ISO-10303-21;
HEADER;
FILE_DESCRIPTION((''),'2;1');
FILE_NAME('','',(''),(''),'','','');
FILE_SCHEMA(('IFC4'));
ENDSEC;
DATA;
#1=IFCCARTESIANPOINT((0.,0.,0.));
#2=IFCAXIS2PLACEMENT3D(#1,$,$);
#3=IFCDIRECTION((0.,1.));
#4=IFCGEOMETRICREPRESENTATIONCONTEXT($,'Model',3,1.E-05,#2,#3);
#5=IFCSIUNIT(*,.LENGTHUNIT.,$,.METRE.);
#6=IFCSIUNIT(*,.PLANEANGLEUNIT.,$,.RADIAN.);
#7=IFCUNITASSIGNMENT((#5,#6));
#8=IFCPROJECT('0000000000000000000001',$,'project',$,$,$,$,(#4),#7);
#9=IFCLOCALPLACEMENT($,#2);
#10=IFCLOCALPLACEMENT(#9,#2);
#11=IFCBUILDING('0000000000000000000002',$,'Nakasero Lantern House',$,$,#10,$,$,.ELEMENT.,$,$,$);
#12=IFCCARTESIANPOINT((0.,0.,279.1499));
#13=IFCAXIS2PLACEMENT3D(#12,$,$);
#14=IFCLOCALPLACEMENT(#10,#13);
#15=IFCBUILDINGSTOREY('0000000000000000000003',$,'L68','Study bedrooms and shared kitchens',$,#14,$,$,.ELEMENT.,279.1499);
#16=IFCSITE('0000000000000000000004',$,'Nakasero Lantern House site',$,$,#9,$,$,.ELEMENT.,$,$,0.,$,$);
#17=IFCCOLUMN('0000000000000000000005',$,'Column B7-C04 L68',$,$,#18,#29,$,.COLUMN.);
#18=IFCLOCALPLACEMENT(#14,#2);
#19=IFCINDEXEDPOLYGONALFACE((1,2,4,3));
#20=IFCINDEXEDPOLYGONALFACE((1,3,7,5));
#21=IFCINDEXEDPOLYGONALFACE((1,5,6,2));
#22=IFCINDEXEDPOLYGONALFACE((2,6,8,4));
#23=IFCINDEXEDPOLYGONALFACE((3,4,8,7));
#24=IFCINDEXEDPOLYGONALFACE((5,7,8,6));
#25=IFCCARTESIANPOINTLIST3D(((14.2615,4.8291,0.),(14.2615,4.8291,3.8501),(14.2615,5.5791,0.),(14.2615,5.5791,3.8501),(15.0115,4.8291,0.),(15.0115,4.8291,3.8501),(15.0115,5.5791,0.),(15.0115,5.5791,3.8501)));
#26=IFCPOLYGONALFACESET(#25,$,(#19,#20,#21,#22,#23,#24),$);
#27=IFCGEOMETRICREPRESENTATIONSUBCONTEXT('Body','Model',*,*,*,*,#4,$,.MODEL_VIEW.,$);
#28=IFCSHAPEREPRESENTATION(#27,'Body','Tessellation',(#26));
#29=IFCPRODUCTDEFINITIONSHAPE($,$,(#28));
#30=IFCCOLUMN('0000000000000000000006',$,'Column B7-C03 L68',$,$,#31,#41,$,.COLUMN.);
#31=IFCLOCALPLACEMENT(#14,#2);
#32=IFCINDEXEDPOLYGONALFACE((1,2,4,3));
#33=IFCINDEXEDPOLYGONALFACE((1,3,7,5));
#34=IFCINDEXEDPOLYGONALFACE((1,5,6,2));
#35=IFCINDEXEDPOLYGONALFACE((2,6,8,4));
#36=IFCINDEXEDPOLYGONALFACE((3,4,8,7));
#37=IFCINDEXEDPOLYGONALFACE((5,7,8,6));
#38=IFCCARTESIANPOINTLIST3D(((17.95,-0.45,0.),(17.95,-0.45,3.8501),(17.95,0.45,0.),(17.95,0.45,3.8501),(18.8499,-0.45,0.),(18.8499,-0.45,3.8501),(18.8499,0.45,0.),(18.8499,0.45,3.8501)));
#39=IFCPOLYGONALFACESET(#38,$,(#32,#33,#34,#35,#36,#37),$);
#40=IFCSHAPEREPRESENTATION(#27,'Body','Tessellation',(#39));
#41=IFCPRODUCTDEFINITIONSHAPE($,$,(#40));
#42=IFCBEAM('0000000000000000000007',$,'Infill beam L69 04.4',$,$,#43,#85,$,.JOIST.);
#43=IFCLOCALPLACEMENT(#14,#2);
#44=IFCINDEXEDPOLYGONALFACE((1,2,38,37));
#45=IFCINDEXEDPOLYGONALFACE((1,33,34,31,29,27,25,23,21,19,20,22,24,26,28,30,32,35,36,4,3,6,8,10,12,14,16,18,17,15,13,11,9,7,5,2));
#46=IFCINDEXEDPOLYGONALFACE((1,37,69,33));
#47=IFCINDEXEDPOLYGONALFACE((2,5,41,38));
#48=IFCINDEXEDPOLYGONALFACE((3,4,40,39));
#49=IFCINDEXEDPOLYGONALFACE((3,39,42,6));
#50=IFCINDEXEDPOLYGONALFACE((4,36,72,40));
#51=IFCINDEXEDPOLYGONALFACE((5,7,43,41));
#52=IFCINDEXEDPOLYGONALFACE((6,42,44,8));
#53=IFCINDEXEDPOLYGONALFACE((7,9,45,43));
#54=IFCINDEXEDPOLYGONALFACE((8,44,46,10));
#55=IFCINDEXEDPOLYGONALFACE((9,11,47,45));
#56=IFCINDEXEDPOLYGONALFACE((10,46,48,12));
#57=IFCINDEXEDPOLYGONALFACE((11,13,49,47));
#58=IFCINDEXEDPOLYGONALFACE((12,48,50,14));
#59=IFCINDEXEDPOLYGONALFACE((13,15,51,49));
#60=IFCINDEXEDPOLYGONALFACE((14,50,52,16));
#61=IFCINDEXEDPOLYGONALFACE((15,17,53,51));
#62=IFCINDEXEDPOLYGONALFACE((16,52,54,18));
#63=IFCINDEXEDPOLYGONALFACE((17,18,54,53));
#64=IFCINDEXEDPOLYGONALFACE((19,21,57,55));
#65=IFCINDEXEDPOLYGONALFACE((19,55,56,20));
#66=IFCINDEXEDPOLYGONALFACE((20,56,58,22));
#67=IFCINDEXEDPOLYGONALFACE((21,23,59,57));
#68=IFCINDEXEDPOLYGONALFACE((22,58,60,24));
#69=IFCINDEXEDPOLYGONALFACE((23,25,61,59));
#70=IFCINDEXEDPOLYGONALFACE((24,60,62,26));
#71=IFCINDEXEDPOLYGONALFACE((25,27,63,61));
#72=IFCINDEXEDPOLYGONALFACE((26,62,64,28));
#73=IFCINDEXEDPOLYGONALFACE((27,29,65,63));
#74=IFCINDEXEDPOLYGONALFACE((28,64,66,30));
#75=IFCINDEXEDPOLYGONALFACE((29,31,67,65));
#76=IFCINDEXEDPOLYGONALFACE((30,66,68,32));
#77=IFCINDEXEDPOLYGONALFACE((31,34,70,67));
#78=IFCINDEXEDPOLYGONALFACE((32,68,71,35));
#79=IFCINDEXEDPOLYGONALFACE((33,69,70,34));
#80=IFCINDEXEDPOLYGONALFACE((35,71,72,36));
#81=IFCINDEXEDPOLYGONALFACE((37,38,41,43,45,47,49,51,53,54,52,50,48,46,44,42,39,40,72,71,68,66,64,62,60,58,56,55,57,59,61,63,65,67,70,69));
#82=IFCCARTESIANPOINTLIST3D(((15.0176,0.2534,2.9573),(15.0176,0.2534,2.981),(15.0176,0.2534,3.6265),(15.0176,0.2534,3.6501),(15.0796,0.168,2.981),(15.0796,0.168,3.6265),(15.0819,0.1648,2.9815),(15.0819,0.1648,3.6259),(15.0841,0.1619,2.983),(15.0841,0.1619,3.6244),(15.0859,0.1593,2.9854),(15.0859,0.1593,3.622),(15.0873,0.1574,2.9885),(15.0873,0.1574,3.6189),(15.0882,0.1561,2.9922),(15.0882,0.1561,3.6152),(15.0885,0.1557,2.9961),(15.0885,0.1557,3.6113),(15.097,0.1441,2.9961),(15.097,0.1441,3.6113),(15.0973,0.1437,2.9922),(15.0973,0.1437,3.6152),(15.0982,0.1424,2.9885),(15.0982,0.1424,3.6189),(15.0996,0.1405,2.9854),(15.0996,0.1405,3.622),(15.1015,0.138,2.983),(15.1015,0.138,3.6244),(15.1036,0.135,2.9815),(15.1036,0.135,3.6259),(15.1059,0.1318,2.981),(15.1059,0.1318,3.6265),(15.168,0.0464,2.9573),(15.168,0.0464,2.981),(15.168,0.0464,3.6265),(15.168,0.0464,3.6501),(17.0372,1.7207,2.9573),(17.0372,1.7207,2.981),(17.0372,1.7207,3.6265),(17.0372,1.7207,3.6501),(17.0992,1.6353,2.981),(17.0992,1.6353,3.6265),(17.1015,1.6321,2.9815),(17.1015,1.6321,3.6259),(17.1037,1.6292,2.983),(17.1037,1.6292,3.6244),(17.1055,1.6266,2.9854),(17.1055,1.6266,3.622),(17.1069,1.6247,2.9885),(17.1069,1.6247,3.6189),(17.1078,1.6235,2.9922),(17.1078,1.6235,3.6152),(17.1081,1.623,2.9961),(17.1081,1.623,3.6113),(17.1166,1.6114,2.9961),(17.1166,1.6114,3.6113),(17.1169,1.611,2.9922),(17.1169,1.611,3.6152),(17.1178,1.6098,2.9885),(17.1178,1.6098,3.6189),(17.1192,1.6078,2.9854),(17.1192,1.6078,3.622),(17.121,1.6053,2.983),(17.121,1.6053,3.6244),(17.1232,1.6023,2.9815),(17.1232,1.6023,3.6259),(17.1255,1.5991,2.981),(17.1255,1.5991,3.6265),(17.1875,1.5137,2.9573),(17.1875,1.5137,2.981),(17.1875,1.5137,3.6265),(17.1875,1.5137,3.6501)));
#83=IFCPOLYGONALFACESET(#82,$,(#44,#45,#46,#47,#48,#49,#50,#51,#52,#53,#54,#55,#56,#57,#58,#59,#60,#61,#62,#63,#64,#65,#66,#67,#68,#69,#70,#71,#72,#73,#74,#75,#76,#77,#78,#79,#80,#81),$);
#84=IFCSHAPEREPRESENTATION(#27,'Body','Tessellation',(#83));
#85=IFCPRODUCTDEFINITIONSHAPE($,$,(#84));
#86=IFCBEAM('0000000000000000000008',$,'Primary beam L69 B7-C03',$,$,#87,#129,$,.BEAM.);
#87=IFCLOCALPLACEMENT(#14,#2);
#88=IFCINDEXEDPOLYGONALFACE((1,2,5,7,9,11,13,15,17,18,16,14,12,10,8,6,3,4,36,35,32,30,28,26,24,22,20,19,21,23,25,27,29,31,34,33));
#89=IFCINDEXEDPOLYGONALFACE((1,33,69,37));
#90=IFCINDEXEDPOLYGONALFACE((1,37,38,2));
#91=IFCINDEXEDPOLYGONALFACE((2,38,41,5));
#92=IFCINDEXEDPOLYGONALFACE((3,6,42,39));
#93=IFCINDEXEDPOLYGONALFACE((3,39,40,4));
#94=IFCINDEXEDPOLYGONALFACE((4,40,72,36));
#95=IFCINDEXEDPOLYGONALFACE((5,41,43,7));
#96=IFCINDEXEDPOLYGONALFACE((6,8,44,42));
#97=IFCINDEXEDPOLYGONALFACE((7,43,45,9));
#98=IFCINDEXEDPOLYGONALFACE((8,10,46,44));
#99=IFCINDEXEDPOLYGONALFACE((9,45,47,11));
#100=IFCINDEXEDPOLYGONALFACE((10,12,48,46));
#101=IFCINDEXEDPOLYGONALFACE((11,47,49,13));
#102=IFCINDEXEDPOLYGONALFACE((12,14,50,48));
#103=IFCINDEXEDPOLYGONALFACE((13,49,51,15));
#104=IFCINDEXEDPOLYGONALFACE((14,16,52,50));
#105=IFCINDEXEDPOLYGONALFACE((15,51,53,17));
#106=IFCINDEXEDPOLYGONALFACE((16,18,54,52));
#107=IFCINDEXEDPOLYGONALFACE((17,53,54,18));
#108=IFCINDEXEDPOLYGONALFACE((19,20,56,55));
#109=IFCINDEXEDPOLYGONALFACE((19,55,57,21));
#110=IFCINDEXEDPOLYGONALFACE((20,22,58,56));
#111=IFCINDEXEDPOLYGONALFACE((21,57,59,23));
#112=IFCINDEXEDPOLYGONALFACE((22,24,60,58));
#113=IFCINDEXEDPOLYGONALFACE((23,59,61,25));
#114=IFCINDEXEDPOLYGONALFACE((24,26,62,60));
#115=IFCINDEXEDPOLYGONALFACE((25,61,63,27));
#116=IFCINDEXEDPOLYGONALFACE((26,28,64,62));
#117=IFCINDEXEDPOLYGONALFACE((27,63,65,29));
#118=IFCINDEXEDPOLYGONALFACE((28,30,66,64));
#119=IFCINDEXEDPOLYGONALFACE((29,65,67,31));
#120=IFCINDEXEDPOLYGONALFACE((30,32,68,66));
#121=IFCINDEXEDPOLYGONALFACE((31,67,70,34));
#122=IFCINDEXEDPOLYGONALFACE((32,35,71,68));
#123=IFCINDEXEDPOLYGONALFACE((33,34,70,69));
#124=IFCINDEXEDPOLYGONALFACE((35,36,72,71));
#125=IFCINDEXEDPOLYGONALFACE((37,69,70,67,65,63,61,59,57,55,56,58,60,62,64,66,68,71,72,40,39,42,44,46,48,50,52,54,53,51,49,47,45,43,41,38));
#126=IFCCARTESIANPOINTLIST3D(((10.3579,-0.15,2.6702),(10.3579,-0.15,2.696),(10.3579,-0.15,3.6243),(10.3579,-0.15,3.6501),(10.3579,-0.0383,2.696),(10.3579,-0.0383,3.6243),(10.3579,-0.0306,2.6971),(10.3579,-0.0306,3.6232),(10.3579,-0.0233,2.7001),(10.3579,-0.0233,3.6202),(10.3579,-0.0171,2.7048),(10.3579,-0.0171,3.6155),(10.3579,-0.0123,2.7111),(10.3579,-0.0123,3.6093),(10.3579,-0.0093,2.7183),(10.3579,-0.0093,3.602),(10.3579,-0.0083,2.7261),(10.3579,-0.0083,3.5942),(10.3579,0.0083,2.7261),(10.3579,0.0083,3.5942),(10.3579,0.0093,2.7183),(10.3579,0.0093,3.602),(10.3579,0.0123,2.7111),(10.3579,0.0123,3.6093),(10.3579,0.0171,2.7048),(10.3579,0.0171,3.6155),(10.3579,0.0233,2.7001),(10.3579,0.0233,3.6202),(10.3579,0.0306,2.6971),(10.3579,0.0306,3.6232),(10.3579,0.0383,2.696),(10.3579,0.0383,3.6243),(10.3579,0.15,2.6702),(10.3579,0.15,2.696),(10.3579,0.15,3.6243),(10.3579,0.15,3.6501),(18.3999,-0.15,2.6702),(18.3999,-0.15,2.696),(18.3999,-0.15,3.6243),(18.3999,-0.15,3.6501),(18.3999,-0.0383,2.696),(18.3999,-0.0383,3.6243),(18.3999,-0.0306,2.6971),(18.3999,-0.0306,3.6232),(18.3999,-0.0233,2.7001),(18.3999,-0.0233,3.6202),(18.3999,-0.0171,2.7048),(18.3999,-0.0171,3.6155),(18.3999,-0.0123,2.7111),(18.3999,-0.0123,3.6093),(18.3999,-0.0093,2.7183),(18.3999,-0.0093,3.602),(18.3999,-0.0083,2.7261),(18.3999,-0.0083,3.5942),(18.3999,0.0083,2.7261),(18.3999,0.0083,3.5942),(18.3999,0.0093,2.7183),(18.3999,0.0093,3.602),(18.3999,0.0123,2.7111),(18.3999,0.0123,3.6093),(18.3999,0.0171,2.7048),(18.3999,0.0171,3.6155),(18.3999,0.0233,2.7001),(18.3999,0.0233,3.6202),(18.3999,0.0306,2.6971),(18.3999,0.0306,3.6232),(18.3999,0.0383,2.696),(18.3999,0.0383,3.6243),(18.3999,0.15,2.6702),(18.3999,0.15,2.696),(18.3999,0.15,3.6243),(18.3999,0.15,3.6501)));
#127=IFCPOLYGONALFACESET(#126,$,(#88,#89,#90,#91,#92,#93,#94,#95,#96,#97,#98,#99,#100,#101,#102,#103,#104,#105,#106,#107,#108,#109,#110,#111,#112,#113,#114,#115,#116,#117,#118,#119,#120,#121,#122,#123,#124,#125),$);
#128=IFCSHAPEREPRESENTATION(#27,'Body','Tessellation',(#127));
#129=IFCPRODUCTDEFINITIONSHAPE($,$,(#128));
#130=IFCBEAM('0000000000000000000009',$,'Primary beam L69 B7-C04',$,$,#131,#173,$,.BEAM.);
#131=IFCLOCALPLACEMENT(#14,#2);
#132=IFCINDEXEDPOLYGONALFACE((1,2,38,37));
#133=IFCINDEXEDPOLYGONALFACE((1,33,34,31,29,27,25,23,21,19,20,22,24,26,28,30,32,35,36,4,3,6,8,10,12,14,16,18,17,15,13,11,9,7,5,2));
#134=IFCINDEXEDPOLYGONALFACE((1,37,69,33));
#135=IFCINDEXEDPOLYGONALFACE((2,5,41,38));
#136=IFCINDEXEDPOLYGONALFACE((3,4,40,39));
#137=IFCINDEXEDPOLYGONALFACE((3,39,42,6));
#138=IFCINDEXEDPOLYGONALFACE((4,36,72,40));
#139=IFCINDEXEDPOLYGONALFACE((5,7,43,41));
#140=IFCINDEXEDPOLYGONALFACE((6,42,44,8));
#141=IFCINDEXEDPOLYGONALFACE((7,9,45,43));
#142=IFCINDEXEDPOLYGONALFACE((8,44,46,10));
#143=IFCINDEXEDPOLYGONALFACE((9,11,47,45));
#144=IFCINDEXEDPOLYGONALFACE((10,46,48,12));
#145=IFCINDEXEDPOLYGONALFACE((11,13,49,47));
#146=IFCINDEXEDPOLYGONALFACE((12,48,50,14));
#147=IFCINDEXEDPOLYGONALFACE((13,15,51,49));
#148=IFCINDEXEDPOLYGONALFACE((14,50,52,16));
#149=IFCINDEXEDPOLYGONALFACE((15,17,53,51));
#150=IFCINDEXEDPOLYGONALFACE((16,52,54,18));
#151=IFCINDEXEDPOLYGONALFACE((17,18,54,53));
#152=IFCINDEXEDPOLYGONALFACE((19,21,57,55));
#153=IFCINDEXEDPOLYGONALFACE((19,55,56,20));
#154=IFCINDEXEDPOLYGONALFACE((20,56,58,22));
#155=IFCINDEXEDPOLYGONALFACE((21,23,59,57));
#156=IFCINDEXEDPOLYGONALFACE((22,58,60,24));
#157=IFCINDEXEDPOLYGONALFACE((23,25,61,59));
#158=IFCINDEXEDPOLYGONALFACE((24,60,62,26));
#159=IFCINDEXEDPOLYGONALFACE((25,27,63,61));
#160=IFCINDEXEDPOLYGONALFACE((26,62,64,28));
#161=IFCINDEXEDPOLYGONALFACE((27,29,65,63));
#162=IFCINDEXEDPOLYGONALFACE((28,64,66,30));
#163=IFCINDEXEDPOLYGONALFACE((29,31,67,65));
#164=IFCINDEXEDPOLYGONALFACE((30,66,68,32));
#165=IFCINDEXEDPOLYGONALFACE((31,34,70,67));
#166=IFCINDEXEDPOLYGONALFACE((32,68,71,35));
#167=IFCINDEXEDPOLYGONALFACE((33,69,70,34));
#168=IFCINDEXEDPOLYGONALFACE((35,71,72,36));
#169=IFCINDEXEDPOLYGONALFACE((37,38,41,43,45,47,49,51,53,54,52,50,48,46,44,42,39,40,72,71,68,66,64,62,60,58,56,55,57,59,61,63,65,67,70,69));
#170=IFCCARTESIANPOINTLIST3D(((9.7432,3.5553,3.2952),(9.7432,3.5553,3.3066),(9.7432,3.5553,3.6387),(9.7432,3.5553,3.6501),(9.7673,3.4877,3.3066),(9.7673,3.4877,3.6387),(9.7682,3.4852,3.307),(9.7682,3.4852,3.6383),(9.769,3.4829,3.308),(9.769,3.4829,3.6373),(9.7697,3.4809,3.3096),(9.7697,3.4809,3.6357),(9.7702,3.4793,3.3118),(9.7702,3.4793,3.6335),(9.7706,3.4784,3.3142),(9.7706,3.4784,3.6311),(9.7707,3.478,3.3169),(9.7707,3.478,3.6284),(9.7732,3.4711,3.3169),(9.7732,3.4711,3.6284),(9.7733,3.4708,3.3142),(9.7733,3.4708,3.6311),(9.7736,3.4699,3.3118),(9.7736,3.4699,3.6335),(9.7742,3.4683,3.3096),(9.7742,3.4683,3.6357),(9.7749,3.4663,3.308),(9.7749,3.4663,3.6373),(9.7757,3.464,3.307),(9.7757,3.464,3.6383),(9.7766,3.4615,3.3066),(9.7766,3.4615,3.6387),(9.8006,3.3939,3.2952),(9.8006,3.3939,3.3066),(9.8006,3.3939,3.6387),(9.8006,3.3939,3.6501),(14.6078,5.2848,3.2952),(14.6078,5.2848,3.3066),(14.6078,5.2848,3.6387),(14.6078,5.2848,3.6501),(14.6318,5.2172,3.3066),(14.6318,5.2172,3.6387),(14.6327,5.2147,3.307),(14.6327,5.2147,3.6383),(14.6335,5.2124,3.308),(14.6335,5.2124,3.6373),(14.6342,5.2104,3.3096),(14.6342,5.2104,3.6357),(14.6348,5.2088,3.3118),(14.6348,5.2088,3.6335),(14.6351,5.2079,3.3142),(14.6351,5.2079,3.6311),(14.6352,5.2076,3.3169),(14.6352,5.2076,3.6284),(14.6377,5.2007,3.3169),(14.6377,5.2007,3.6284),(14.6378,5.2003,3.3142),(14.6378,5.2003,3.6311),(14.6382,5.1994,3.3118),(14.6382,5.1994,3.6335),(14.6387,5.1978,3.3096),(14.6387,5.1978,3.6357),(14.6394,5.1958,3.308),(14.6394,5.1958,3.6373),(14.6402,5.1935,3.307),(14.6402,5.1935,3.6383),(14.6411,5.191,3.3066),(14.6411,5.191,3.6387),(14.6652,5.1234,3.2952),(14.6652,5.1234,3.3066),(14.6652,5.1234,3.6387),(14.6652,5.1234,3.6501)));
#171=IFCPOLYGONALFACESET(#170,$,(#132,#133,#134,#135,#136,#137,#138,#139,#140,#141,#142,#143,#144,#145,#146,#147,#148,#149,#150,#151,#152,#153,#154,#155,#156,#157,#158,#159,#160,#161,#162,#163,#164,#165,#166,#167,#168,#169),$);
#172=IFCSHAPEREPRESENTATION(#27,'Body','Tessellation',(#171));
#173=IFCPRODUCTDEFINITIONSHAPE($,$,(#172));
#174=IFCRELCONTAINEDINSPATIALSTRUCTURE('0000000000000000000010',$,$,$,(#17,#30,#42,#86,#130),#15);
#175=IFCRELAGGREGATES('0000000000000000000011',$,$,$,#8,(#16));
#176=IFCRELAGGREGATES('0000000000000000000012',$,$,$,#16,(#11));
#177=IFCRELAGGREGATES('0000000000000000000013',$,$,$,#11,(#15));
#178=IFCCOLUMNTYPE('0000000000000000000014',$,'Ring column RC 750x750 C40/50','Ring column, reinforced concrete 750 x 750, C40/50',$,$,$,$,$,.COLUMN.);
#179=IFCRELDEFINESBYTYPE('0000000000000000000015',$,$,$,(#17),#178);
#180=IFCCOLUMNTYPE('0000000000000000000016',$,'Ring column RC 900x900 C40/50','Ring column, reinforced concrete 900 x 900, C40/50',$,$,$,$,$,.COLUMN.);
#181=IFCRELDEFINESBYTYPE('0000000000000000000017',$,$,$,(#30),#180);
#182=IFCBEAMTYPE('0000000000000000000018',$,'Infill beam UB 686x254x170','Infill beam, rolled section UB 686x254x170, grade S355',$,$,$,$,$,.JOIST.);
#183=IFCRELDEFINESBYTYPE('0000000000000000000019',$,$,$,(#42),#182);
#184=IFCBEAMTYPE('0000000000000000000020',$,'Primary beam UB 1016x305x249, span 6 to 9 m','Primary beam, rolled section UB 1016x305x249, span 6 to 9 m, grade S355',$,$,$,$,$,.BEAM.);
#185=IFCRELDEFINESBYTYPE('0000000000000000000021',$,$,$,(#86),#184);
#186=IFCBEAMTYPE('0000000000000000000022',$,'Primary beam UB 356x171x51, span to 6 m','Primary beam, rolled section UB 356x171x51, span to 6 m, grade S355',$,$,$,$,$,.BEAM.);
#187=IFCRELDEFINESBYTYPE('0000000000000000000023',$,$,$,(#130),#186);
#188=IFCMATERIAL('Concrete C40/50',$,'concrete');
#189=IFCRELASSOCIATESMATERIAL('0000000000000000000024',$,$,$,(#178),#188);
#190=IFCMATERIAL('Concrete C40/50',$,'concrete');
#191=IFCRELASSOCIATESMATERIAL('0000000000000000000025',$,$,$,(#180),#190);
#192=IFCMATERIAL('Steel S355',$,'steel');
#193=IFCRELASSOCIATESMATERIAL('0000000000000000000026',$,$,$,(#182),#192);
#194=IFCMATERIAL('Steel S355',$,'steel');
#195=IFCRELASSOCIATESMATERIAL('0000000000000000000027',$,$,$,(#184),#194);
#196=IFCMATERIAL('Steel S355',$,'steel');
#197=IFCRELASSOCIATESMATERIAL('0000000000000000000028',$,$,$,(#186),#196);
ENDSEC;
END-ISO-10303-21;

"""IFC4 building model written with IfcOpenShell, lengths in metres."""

from ifc_helpers import new_model, si_unit, direction, frame, origin, origin_2d, place, context, subcontext, project, spatial, rectangle, i_section, extrude, material, material_profile, profile_set, type_object, element, save


model = new_model("IFC4")

# Units and contexts
model_context = context("Model", 3, precision=1e-05, world=origin(), true_north=direction((0.0, 1.0)))
body_context = subcontext(model_context, "Body", "Model", "MODEL_VIEW")
ifc_project = project(units=[si_unit("LENGTHUNIT", "METRE"), si_unit("PLANEANGLEUNIT", "RADIAN")], contexts=[model_context])

# Site, building, storey
site_placement = place(None, origin())
site = spatial("IfcSite", under=ifc_project, at=site_placement, Name="Nakasero Lantern House site", CompositionType="ELEMENT", RefElevation=0.0)
building_placement = place(site_placement, origin())
building = spatial("IfcBuilding", under=site, at=building_placement, Name="Nakasero Lantern House", CompositionType="ELEMENT")
storey_placement = place(building_placement, frame((0.0, 0.0, 279.1499)))
storey = spatial("IfcBuildingStorey", under=building, at=storey_placement, Name="L68", Description="Study bedrooms and shared kitchens", CompositionType="ELEMENT", Elevation=279.1499)

# Columns
ifc_material_1 = material(Name="Concrete C40/50", Category="concrete")
ifc_material_profile_1 = material_profile(ifc_material_1, rectangle(XDim=0.75, YDim=0.75, at=origin_2d()), Name="RC 750x750")
ifc_profile_set_1 = profile_set([ifc_material_profile_1], Name="Concrete C40/50")
column_type_1 = type_object("IfcColumnType", Name="Ring column RC 750x750 C40/50", Description="Ring column, reinforced concrete 750 x 750, C40/50", PredefinedType="COLUMN", material=ifc_profile_set_1)
column_1_placement = place(storey_placement, frame((14.6365, 5.2041, 0.0), z_axis=(0.0, 0.0, 1.0), x_axis=(1.0, 0.0, 0.0)))
element("IfcColumn", 1, at=column_1_placement, inside=storey, type_object=column_type_1, Name="Column B7-C04 L68", PredefinedType="COLUMN", context=body_context, shape_type="SweptSolid", body=[
    extrude(rectangle(XDim=0.75, YDim=0.75, at=origin_2d()), origin(), (0.0, 0.0, 1.0), 3.8501),
])
ifc_material_2 = material(Name="Concrete C40/50", Category="concrete")
ifc_material_profile_2 = material_profile(ifc_material_2, rectangle(XDim=0.8999, YDim=0.8999, at=origin_2d()), Name="RC 900x900")
ifc_profile_set_2 = profile_set([ifc_material_profile_2], Name="Concrete C40/50")
column_type_2 = type_object("IfcColumnType", Name="Ring column RC 900x900 C40/50", Description="Ring column, reinforced concrete 900 x 900, C40/50", PredefinedType="COLUMN", material=ifc_profile_set_2)
column_2_placement = place(storey_placement, frame((18.3999, 0.0, 0.0), z_axis=(0.0, 0.0, 1.0), x_axis=(1.0, 0.0, 0.0)))
element("IfcColumn", 2, at=column_2_placement, inside=storey, type_object=column_type_2, Name="Column B7-C03 L68", PredefinedType="COLUMN", context=body_context, shape_type="SweptSolid", body=[
    extrude(rectangle(XDim=0.8999, YDim=0.8999, at=origin_2d()), origin(), (0.0, 0.0, 1.0), 3.8501),
])

# Beams
ifc_material_3 = material(Name="Steel S355", Category="steel")
ifc_material_profile_3 = material_profile(ifc_material_3, i_section(OverallWidth=0.2559, OverallDepth=0.6929, WebThickness=0.0144, FlangeThickness=0.0237, FilletRadius=0.0151, at=origin_2d()), Name="UB 686x254x170")
ifc_profile_set_3 = profile_set([ifc_material_profile_3], Name="Steel S355")
beam_type_1 = type_object("IfcBeamType", Name="Infill beam UB 686x254x170", Description="Infill beam, rolled section UB 686x254x170, grade S355", PredefinedType="JOIST", material=ifc_profile_set_3)
beam_1_placement = place(storey_placement, frame((15.0928, 0.1499, 3.3037), z_axis=(0.809015, 0.587788, 0.0), x_axis=(-0.587788, 0.809015, 0.0)))
element("IfcBeam", 3, at=beam_1_placement, inside=storey, type_object=beam_type_1, Name="Infill beam L69 04.4", PredefinedType="JOIST", context=body_context, shape_type="SweptSolid", body=[
    extrude(i_section(OverallWidth=0.2559, OverallDepth=0.6929, WebThickness=0.0144, FlangeThickness=0.0237, FilletRadius=0.0151, at=origin_2d()), origin(), (0.0, 0.0, 1.0), 2.4963),
])
ifc_material_4 = material(Name="Steel S355", Category="steel")
ifc_material_profile_4 = material_profile(ifc_material_4, i_section(OverallWidth=0.3, OverallDepth=0.98, WebThickness=0.0166, FlangeThickness=0.0259, FilletRadius=0.03, at=origin_2d()), Name="UB 1016x305x249")
ifc_profile_set_4 = profile_set([ifc_material_profile_4], Name="Steel S355")
beam_type_2 = type_object("IfcBeamType", Name="Primary beam UB 1016x305x249, span 6 to 9 m", Description="Primary beam, rolled section UB 1016x305x249, span 6 to 9 m, grade S355", PredefinedType="BEAM", material=ifc_profile_set_4)
beam_2_placement = place(storey_placement, frame((18.3999, 0.0, 3.1602), z_axis=(-1.0, 0.0, 0.0), x_axis=(0.0, -1.0, 0.0)))
element("IfcBeam", 4, at=beam_2_placement, inside=storey, type_object=beam_type_2, Name="Primary beam L69 B7-C03", PredefinedType="BEAM", context=body_context, shape_type="SweptSolid", body=[
    extrude(i_section(OverallWidth=0.3, OverallDepth=0.98, WebThickness=0.0166, FlangeThickness=0.0259, FilletRadius=0.03, at=origin_2d()), origin(), (0.0, 0.0, 1.0), 8.042),
])
ifc_material_5 = material(Name="Steel S355", Category="steel")
ifc_material_profile_5 = material_profile(ifc_material_5, i_section(OverallWidth=0.1714, OverallDepth=0.355, WebThickness=0.0073, FlangeThickness=0.0115, FilletRadius=0.0103, at=origin_2d()), Name="UB 356x171x51")
ifc_profile_set_5 = profile_set([ifc_material_profile_5], Name="Steel S355")
beam_type_3 = type_object("IfcBeamType", Name="Primary beam UB 356x171x51, span to 6 m", Description="Primary beam, rolled section UB 356x171x51, span to 6 m, grade S355", PredefinedType="BEAM", material=ifc_profile_set_5)
beam_3_placement = place(storey_placement, frame((14.6365, 5.2041, 3.4727), z_axis=(-0.942221, -0.334991, 0.0), x_axis=(0.334991, -0.942221, 0.0)))
element("IfcBeam", 5, at=beam_3_placement, inside=storey, type_object=beam_type_3, Name="Primary beam L69 B7-C04", PredefinedType="BEAM", context=body_context, shape_type="SweptSolid", body=[
    extrude(i_section(OverallWidth=0.1714, OverallDepth=0.355, WebThickness=0.0073, FlangeThickness=0.0115, FilletRadius=0.0103, at=origin_2d()), origin(), (0.0, 0.0, 1.0), 5.1628),
])

save(model, "model.ifc")
